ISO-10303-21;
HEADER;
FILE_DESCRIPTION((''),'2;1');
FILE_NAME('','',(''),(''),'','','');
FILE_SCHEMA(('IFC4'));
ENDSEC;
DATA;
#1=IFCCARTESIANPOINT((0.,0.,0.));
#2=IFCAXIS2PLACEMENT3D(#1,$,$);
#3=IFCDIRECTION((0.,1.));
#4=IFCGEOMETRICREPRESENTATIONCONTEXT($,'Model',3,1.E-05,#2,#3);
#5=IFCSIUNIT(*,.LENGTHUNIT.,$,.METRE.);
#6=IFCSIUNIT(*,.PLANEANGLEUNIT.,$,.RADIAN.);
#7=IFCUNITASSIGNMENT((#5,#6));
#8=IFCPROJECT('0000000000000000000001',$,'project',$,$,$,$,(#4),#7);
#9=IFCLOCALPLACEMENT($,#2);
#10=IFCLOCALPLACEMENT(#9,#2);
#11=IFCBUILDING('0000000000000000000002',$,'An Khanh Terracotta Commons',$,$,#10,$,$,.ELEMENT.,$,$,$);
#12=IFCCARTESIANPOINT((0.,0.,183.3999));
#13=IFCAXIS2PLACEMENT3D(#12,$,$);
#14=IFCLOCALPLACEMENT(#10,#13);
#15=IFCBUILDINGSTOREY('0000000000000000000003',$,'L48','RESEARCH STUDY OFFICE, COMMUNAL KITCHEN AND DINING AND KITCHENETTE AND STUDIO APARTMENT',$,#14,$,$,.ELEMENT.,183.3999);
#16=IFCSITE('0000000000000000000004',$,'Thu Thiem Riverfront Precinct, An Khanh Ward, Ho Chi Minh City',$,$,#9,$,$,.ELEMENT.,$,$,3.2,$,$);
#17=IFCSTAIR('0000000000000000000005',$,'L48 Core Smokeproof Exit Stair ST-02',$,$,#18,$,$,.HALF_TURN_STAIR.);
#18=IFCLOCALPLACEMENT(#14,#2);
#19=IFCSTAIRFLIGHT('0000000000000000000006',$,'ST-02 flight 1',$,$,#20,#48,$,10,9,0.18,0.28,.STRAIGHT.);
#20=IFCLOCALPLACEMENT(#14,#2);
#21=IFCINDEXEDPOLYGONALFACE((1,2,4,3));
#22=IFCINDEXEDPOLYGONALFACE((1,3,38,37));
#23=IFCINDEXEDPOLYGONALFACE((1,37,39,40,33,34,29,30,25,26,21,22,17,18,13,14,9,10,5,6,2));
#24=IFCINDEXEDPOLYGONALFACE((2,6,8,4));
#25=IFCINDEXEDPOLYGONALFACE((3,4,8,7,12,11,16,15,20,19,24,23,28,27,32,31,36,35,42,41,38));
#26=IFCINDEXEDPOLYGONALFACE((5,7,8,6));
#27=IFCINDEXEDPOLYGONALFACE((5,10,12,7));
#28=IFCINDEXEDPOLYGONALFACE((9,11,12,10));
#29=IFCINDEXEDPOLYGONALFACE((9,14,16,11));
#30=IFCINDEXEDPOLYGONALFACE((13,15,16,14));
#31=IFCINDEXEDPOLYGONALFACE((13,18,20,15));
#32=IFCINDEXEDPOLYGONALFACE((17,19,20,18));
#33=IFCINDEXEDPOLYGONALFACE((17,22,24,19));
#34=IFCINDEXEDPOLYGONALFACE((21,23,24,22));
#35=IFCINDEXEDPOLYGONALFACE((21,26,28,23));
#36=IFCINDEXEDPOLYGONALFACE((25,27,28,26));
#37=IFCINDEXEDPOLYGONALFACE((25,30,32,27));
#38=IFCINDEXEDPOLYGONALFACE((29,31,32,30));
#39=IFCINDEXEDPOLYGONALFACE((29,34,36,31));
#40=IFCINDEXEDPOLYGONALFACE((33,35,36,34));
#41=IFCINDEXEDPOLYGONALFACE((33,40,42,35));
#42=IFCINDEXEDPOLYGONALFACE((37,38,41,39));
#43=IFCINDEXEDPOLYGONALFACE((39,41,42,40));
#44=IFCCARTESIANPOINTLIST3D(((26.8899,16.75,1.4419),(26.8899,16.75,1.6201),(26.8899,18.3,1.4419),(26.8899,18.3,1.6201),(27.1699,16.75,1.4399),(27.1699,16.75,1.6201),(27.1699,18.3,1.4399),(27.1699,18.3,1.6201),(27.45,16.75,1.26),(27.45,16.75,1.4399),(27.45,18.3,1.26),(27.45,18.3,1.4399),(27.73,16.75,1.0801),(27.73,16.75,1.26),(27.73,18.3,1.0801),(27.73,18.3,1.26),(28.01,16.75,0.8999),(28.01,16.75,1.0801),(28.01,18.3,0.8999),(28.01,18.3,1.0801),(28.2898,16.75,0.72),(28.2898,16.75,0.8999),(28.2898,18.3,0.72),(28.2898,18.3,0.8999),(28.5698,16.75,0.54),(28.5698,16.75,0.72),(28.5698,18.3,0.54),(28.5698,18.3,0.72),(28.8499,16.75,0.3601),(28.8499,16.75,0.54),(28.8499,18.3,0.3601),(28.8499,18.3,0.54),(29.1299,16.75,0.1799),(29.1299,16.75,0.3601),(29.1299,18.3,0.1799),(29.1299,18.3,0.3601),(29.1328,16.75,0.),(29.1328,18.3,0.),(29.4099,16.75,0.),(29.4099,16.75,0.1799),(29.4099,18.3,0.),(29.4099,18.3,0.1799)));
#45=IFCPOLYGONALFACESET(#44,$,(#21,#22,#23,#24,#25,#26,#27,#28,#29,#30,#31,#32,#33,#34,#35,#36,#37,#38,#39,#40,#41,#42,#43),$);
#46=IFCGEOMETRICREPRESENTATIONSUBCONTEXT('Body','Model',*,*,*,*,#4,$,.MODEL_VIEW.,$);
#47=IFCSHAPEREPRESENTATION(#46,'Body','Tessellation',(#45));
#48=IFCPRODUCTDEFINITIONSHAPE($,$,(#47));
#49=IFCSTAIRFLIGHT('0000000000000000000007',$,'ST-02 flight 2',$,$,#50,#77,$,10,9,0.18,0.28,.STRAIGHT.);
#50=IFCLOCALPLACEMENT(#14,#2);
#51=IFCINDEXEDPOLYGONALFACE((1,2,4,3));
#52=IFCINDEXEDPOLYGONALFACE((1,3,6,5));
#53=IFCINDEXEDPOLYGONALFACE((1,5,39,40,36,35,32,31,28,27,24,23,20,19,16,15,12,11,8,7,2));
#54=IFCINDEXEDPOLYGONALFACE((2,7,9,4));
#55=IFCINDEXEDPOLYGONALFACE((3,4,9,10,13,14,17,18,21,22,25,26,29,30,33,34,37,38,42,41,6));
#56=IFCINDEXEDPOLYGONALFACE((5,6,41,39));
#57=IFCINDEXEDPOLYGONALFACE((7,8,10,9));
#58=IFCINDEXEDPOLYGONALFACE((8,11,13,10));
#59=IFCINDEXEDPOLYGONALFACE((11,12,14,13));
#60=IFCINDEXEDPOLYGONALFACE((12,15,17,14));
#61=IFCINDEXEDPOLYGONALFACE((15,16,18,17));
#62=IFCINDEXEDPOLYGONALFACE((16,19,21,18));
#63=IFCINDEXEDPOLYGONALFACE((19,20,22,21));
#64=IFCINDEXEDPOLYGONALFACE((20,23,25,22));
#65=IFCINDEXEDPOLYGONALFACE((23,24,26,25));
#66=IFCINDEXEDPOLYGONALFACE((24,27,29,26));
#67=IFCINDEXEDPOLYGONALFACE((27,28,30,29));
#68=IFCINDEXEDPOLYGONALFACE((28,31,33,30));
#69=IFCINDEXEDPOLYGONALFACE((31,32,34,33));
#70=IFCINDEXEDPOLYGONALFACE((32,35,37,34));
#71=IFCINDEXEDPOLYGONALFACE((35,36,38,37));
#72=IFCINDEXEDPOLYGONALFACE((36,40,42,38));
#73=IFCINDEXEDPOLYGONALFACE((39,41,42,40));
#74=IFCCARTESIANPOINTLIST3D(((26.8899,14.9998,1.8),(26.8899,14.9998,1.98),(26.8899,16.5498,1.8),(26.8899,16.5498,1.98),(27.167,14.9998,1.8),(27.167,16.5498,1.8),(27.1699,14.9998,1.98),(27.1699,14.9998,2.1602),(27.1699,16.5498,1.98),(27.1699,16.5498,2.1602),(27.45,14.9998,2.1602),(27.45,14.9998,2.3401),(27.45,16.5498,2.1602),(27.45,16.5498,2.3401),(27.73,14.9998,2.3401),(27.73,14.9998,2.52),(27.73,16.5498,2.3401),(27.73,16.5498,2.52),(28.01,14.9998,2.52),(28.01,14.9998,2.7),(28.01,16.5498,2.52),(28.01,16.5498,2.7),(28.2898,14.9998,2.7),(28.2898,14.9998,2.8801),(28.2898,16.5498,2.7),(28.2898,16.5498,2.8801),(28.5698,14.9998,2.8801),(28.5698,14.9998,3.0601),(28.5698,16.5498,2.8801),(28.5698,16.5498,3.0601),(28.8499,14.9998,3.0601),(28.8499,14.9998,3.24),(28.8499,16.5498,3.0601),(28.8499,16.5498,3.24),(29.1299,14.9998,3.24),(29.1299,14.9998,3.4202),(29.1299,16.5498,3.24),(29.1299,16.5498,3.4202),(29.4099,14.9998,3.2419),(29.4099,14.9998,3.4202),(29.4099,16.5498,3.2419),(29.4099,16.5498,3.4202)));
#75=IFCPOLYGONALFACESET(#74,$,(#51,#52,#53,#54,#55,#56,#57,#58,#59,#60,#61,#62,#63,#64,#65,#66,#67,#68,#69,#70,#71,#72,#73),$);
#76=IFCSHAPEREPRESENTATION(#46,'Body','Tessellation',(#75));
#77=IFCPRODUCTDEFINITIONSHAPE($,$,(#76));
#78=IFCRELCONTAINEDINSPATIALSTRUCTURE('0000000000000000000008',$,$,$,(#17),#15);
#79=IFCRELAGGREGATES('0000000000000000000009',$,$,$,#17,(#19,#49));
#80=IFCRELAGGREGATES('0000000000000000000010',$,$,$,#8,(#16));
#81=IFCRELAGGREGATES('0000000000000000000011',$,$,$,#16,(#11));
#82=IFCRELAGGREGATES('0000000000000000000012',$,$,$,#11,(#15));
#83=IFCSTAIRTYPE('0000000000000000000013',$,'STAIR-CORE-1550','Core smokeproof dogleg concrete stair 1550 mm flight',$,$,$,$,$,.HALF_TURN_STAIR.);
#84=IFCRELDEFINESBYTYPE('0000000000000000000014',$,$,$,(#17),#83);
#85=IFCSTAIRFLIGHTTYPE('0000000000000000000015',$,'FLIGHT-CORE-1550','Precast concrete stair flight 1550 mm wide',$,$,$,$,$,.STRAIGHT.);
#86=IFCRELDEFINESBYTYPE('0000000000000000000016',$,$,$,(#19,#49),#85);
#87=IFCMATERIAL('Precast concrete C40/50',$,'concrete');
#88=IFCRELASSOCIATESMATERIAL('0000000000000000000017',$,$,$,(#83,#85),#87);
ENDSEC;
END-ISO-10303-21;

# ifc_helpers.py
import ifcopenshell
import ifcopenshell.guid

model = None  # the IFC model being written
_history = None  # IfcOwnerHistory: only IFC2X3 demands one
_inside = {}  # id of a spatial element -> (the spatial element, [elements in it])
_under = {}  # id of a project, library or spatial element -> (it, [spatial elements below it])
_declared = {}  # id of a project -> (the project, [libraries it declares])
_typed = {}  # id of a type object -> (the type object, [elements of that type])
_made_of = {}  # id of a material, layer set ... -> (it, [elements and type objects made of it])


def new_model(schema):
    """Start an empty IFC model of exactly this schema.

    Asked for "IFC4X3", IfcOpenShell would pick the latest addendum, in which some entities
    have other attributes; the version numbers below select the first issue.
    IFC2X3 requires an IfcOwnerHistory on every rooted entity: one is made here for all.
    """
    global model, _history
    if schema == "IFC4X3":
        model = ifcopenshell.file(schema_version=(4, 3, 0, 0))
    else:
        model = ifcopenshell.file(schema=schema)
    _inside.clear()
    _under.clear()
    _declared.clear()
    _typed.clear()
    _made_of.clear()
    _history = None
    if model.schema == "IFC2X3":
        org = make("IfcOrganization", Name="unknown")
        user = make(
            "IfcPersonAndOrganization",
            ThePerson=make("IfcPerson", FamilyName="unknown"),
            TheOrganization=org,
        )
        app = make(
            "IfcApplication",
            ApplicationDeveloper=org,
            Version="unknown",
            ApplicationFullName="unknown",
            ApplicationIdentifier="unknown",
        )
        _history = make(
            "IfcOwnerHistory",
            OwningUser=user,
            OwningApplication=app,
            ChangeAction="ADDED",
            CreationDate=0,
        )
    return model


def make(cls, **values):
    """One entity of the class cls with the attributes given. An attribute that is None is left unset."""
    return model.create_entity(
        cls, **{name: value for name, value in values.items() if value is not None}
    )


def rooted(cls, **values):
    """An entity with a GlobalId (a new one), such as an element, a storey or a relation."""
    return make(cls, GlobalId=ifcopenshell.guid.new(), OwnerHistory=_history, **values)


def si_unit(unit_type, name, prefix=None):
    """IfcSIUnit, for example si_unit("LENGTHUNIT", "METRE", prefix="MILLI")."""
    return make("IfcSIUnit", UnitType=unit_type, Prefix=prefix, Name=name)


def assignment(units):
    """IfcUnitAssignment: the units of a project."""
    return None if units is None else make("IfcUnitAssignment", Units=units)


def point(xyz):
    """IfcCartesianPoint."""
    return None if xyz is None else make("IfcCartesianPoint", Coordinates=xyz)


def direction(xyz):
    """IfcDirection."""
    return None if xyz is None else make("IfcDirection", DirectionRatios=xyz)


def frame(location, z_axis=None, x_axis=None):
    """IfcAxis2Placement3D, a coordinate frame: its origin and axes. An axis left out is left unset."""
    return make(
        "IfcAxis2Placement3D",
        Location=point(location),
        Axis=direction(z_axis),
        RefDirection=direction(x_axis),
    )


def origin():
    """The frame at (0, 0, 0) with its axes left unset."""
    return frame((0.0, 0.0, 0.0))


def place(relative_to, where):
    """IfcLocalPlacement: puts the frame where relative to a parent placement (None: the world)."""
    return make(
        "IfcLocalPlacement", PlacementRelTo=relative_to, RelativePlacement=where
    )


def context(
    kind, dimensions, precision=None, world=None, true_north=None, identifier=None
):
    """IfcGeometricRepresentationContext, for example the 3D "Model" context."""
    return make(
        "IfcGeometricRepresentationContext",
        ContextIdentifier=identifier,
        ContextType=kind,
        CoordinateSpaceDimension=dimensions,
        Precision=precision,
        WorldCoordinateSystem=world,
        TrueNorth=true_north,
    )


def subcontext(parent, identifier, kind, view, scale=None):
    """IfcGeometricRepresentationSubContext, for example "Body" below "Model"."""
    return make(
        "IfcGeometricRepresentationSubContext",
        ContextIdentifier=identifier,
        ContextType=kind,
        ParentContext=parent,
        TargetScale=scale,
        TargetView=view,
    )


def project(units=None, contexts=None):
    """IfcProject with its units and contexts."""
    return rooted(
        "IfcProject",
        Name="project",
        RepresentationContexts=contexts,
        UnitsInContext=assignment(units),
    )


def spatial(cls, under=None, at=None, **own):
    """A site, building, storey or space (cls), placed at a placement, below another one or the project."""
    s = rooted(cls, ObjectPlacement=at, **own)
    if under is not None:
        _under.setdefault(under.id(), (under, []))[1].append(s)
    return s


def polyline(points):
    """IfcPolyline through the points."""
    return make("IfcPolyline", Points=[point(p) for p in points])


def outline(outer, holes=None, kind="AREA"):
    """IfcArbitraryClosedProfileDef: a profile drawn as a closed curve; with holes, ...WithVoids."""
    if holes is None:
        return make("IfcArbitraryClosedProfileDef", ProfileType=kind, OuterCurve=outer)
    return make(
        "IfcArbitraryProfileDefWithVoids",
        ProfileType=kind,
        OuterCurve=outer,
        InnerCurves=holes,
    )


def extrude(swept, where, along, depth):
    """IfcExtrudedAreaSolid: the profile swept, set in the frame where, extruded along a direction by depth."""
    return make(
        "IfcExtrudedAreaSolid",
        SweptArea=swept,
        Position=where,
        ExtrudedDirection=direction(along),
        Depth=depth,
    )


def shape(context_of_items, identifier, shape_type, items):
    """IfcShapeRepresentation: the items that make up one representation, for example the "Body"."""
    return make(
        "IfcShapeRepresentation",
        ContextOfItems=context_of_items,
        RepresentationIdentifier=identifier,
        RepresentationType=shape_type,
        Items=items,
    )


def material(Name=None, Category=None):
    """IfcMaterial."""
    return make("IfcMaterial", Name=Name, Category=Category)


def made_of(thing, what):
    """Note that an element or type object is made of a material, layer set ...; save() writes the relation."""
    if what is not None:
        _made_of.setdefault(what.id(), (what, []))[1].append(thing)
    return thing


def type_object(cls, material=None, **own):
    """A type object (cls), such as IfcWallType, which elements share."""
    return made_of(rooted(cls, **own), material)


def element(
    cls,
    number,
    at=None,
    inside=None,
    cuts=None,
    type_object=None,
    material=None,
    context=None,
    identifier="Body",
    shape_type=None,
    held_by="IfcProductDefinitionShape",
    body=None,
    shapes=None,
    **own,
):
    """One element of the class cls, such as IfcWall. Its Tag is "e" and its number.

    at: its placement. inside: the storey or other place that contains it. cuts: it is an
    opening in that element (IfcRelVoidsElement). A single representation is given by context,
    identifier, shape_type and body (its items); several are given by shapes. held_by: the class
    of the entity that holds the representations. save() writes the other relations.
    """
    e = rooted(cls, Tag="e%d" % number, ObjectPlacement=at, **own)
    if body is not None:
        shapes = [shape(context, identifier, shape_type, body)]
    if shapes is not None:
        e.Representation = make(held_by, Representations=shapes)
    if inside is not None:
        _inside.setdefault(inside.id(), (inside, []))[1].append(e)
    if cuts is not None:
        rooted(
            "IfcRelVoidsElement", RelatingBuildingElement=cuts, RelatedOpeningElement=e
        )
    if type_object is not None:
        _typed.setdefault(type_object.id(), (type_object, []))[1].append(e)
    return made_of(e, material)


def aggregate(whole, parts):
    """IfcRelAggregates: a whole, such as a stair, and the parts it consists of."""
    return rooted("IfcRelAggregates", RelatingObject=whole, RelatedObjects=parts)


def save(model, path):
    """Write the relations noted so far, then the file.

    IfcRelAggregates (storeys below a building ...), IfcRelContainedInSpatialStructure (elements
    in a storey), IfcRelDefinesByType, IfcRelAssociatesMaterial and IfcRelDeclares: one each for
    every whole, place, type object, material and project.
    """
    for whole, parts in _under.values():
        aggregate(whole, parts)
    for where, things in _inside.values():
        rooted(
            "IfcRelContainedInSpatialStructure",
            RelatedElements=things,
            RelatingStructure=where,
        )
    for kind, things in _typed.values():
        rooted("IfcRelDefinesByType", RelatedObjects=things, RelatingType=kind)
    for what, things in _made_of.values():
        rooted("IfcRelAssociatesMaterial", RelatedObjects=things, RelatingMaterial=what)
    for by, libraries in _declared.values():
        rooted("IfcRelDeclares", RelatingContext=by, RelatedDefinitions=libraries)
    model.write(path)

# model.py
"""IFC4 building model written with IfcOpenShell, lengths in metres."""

from ifc_helpers import new_model, si_unit, direction, frame, origin, place, context, subcontext, project, spatial, polyline, outline, extrude, material, type_object, element, aggregate, save


model = new_model("IFC4")

# Units and contexts
model_context = context("Model", 3, precision=1e-05, world=origin(), true_north=direction((0.0, 1.0)))
body_context = subcontext(model_context, "Body", "Model", "MODEL_VIEW")
ifc_project = project(units=[si_unit("LENGTHUNIT", "METRE"), si_unit("PLANEANGLEUNIT", "RADIAN")], contexts=[model_context])

# Site, building, storey
site_placement = place(None, origin())
site = spatial("IfcSite", under=ifc_project, at=site_placement, Name="Thu Thiem Riverfront Precinct, An Khanh Ward, Ho Chi Minh City", CompositionType="ELEMENT", RefElevation=3.2)
building_placement = place(site_placement, origin())
building = spatial("IfcBuilding", under=site, at=building_placement, Name="An Khanh Terracotta Commons", CompositionType="ELEMENT")
storey_placement = place(building_placement, frame((0.0, 0.0, 183.3999)))
storey = spatial("IfcBuildingStorey", under=building, at=storey_placement, Name="L48", Description="RESEARCH STUDY OFFICE, COMMUNAL KITCHEN AND DINING AND KITCHENETTE AND STUDIO APARTMENT", CompositionType="ELEMENT", Elevation=183.3999)

# Stair, stair flights
ifc_material_1 = material(Name="Precast concrete C40/50", Category="concrete")
stair_type = type_object("IfcStairType", Name="STAIR-CORE-1550", Description="Core smokeproof dogleg concrete stair 1550 mm flight", PredefinedType="HALF_TURN_STAIR", material=ifc_material_1)
stair_placement = place(storey_placement, origin())
stair = element("IfcStair", 1, at=stair_placement, inside=storey, type_object=stair_type, Name="L48 Core Smokeproof Exit Stair ST-02", PredefinedType="HALF_TURN_STAIR")
stair_flight_type = type_object("IfcStairFlightType", Name="FLIGHT-CORE-1550", Description="Precast concrete stair flight 1550 mm wide", PredefinedType="STRAIGHT", material=ifc_material_1)
stair_flight_1_placement = place(storey_placement, frame((29.4099, 17.5249, 0.0), z_axis=(0.0, 0.0, 1.0), x_axis=(-1.0, 0.0, 0.0)))
stair_flight_1 = element("IfcStairFlight", 2, at=stair_flight_1_placement, type_object=stair_flight_type, Name="ST-02 flight 1", NumberOfRisers=10, NumberOfTreads=9, PredefinedType="STRAIGHT", RiserHeight=0.18, TreadLength=0.28, context=body_context, shape_type="SweptSolid", body=[
    extrude(outline(polyline([(0.0, 0.0), (0.0, 0.1799), (0.28, 0.1799), (0.28, 0.3601), (0.5601, 0.3601), (0.5601, 0.54), (0.8401, 0.54), (0.8401, 0.72), (1.1201, 0.72), (1.1201, 0.8999), (1.3999, 0.8999), (1.3999, 1.0801), (1.6799, 1.0801), (1.6799, 1.26), (1.96, 1.26), (1.96, 1.4399), (2.24, 1.4399), (2.24, 1.6201), (2.52, 1.6201), (2.52, 1.8), (2.52, 1.4419), (0.2771, 0.0), (0.0, 0.0)])), frame((0.0, 0.7749, 0.0), z_axis=(0.0, -1.0, 0.0), x_axis=(1.0, 0.0, 0.0)), (0.0, 0.0, 1.0), 1.55),
])
stair_flight_2_placement = place(storey_placement, frame((26.8899, 15.7749, 1.8), z_axis=(0.0, 0.0, 1.0), x_axis=(1.0, 0.0, 0.0)))
stair_flight_2 = element("IfcStairFlight", 3, at=stair_flight_2_placement, type_object=stair_flight_type, Name="ST-02 flight 2", NumberOfRisers=10, NumberOfTreads=9, PredefinedType="STRAIGHT", RiserHeight=0.18, TreadLength=0.28, context=body_context, shape_type="SweptSolid", body=[
    extrude(outline(polyline([(0.0, 0.0), (0.0, 0.1799), (0.28, 0.1799), (0.28, 0.3601), (0.5601, 0.3601), (0.5601, 0.54), (0.8401, 0.54), (0.8401, 0.72), (1.1201, 0.72), (1.1201, 0.8999), (1.3999, 0.8999), (1.3999, 1.0801), (1.6799, 1.0801), (1.6799, 1.26), (1.96, 1.26), (1.96, 1.4399), (2.24, 1.4399), (2.24, 1.6201), (2.52, 1.6201), (2.52, 1.8), (2.52, 1.4419), (0.2771, 0.0), (0.0, 0.0)])), frame((0.0, 0.7749, 0.0), z_axis=(0.0, -1.0, 0.0), x_axis=(1.0, 0.0, 0.0)), (0.0, 0.0, 1.0), 1.55),
])
aggregate(stair, [stair_flight_1, stair_flight_2])

save(model, "model.ifc")
